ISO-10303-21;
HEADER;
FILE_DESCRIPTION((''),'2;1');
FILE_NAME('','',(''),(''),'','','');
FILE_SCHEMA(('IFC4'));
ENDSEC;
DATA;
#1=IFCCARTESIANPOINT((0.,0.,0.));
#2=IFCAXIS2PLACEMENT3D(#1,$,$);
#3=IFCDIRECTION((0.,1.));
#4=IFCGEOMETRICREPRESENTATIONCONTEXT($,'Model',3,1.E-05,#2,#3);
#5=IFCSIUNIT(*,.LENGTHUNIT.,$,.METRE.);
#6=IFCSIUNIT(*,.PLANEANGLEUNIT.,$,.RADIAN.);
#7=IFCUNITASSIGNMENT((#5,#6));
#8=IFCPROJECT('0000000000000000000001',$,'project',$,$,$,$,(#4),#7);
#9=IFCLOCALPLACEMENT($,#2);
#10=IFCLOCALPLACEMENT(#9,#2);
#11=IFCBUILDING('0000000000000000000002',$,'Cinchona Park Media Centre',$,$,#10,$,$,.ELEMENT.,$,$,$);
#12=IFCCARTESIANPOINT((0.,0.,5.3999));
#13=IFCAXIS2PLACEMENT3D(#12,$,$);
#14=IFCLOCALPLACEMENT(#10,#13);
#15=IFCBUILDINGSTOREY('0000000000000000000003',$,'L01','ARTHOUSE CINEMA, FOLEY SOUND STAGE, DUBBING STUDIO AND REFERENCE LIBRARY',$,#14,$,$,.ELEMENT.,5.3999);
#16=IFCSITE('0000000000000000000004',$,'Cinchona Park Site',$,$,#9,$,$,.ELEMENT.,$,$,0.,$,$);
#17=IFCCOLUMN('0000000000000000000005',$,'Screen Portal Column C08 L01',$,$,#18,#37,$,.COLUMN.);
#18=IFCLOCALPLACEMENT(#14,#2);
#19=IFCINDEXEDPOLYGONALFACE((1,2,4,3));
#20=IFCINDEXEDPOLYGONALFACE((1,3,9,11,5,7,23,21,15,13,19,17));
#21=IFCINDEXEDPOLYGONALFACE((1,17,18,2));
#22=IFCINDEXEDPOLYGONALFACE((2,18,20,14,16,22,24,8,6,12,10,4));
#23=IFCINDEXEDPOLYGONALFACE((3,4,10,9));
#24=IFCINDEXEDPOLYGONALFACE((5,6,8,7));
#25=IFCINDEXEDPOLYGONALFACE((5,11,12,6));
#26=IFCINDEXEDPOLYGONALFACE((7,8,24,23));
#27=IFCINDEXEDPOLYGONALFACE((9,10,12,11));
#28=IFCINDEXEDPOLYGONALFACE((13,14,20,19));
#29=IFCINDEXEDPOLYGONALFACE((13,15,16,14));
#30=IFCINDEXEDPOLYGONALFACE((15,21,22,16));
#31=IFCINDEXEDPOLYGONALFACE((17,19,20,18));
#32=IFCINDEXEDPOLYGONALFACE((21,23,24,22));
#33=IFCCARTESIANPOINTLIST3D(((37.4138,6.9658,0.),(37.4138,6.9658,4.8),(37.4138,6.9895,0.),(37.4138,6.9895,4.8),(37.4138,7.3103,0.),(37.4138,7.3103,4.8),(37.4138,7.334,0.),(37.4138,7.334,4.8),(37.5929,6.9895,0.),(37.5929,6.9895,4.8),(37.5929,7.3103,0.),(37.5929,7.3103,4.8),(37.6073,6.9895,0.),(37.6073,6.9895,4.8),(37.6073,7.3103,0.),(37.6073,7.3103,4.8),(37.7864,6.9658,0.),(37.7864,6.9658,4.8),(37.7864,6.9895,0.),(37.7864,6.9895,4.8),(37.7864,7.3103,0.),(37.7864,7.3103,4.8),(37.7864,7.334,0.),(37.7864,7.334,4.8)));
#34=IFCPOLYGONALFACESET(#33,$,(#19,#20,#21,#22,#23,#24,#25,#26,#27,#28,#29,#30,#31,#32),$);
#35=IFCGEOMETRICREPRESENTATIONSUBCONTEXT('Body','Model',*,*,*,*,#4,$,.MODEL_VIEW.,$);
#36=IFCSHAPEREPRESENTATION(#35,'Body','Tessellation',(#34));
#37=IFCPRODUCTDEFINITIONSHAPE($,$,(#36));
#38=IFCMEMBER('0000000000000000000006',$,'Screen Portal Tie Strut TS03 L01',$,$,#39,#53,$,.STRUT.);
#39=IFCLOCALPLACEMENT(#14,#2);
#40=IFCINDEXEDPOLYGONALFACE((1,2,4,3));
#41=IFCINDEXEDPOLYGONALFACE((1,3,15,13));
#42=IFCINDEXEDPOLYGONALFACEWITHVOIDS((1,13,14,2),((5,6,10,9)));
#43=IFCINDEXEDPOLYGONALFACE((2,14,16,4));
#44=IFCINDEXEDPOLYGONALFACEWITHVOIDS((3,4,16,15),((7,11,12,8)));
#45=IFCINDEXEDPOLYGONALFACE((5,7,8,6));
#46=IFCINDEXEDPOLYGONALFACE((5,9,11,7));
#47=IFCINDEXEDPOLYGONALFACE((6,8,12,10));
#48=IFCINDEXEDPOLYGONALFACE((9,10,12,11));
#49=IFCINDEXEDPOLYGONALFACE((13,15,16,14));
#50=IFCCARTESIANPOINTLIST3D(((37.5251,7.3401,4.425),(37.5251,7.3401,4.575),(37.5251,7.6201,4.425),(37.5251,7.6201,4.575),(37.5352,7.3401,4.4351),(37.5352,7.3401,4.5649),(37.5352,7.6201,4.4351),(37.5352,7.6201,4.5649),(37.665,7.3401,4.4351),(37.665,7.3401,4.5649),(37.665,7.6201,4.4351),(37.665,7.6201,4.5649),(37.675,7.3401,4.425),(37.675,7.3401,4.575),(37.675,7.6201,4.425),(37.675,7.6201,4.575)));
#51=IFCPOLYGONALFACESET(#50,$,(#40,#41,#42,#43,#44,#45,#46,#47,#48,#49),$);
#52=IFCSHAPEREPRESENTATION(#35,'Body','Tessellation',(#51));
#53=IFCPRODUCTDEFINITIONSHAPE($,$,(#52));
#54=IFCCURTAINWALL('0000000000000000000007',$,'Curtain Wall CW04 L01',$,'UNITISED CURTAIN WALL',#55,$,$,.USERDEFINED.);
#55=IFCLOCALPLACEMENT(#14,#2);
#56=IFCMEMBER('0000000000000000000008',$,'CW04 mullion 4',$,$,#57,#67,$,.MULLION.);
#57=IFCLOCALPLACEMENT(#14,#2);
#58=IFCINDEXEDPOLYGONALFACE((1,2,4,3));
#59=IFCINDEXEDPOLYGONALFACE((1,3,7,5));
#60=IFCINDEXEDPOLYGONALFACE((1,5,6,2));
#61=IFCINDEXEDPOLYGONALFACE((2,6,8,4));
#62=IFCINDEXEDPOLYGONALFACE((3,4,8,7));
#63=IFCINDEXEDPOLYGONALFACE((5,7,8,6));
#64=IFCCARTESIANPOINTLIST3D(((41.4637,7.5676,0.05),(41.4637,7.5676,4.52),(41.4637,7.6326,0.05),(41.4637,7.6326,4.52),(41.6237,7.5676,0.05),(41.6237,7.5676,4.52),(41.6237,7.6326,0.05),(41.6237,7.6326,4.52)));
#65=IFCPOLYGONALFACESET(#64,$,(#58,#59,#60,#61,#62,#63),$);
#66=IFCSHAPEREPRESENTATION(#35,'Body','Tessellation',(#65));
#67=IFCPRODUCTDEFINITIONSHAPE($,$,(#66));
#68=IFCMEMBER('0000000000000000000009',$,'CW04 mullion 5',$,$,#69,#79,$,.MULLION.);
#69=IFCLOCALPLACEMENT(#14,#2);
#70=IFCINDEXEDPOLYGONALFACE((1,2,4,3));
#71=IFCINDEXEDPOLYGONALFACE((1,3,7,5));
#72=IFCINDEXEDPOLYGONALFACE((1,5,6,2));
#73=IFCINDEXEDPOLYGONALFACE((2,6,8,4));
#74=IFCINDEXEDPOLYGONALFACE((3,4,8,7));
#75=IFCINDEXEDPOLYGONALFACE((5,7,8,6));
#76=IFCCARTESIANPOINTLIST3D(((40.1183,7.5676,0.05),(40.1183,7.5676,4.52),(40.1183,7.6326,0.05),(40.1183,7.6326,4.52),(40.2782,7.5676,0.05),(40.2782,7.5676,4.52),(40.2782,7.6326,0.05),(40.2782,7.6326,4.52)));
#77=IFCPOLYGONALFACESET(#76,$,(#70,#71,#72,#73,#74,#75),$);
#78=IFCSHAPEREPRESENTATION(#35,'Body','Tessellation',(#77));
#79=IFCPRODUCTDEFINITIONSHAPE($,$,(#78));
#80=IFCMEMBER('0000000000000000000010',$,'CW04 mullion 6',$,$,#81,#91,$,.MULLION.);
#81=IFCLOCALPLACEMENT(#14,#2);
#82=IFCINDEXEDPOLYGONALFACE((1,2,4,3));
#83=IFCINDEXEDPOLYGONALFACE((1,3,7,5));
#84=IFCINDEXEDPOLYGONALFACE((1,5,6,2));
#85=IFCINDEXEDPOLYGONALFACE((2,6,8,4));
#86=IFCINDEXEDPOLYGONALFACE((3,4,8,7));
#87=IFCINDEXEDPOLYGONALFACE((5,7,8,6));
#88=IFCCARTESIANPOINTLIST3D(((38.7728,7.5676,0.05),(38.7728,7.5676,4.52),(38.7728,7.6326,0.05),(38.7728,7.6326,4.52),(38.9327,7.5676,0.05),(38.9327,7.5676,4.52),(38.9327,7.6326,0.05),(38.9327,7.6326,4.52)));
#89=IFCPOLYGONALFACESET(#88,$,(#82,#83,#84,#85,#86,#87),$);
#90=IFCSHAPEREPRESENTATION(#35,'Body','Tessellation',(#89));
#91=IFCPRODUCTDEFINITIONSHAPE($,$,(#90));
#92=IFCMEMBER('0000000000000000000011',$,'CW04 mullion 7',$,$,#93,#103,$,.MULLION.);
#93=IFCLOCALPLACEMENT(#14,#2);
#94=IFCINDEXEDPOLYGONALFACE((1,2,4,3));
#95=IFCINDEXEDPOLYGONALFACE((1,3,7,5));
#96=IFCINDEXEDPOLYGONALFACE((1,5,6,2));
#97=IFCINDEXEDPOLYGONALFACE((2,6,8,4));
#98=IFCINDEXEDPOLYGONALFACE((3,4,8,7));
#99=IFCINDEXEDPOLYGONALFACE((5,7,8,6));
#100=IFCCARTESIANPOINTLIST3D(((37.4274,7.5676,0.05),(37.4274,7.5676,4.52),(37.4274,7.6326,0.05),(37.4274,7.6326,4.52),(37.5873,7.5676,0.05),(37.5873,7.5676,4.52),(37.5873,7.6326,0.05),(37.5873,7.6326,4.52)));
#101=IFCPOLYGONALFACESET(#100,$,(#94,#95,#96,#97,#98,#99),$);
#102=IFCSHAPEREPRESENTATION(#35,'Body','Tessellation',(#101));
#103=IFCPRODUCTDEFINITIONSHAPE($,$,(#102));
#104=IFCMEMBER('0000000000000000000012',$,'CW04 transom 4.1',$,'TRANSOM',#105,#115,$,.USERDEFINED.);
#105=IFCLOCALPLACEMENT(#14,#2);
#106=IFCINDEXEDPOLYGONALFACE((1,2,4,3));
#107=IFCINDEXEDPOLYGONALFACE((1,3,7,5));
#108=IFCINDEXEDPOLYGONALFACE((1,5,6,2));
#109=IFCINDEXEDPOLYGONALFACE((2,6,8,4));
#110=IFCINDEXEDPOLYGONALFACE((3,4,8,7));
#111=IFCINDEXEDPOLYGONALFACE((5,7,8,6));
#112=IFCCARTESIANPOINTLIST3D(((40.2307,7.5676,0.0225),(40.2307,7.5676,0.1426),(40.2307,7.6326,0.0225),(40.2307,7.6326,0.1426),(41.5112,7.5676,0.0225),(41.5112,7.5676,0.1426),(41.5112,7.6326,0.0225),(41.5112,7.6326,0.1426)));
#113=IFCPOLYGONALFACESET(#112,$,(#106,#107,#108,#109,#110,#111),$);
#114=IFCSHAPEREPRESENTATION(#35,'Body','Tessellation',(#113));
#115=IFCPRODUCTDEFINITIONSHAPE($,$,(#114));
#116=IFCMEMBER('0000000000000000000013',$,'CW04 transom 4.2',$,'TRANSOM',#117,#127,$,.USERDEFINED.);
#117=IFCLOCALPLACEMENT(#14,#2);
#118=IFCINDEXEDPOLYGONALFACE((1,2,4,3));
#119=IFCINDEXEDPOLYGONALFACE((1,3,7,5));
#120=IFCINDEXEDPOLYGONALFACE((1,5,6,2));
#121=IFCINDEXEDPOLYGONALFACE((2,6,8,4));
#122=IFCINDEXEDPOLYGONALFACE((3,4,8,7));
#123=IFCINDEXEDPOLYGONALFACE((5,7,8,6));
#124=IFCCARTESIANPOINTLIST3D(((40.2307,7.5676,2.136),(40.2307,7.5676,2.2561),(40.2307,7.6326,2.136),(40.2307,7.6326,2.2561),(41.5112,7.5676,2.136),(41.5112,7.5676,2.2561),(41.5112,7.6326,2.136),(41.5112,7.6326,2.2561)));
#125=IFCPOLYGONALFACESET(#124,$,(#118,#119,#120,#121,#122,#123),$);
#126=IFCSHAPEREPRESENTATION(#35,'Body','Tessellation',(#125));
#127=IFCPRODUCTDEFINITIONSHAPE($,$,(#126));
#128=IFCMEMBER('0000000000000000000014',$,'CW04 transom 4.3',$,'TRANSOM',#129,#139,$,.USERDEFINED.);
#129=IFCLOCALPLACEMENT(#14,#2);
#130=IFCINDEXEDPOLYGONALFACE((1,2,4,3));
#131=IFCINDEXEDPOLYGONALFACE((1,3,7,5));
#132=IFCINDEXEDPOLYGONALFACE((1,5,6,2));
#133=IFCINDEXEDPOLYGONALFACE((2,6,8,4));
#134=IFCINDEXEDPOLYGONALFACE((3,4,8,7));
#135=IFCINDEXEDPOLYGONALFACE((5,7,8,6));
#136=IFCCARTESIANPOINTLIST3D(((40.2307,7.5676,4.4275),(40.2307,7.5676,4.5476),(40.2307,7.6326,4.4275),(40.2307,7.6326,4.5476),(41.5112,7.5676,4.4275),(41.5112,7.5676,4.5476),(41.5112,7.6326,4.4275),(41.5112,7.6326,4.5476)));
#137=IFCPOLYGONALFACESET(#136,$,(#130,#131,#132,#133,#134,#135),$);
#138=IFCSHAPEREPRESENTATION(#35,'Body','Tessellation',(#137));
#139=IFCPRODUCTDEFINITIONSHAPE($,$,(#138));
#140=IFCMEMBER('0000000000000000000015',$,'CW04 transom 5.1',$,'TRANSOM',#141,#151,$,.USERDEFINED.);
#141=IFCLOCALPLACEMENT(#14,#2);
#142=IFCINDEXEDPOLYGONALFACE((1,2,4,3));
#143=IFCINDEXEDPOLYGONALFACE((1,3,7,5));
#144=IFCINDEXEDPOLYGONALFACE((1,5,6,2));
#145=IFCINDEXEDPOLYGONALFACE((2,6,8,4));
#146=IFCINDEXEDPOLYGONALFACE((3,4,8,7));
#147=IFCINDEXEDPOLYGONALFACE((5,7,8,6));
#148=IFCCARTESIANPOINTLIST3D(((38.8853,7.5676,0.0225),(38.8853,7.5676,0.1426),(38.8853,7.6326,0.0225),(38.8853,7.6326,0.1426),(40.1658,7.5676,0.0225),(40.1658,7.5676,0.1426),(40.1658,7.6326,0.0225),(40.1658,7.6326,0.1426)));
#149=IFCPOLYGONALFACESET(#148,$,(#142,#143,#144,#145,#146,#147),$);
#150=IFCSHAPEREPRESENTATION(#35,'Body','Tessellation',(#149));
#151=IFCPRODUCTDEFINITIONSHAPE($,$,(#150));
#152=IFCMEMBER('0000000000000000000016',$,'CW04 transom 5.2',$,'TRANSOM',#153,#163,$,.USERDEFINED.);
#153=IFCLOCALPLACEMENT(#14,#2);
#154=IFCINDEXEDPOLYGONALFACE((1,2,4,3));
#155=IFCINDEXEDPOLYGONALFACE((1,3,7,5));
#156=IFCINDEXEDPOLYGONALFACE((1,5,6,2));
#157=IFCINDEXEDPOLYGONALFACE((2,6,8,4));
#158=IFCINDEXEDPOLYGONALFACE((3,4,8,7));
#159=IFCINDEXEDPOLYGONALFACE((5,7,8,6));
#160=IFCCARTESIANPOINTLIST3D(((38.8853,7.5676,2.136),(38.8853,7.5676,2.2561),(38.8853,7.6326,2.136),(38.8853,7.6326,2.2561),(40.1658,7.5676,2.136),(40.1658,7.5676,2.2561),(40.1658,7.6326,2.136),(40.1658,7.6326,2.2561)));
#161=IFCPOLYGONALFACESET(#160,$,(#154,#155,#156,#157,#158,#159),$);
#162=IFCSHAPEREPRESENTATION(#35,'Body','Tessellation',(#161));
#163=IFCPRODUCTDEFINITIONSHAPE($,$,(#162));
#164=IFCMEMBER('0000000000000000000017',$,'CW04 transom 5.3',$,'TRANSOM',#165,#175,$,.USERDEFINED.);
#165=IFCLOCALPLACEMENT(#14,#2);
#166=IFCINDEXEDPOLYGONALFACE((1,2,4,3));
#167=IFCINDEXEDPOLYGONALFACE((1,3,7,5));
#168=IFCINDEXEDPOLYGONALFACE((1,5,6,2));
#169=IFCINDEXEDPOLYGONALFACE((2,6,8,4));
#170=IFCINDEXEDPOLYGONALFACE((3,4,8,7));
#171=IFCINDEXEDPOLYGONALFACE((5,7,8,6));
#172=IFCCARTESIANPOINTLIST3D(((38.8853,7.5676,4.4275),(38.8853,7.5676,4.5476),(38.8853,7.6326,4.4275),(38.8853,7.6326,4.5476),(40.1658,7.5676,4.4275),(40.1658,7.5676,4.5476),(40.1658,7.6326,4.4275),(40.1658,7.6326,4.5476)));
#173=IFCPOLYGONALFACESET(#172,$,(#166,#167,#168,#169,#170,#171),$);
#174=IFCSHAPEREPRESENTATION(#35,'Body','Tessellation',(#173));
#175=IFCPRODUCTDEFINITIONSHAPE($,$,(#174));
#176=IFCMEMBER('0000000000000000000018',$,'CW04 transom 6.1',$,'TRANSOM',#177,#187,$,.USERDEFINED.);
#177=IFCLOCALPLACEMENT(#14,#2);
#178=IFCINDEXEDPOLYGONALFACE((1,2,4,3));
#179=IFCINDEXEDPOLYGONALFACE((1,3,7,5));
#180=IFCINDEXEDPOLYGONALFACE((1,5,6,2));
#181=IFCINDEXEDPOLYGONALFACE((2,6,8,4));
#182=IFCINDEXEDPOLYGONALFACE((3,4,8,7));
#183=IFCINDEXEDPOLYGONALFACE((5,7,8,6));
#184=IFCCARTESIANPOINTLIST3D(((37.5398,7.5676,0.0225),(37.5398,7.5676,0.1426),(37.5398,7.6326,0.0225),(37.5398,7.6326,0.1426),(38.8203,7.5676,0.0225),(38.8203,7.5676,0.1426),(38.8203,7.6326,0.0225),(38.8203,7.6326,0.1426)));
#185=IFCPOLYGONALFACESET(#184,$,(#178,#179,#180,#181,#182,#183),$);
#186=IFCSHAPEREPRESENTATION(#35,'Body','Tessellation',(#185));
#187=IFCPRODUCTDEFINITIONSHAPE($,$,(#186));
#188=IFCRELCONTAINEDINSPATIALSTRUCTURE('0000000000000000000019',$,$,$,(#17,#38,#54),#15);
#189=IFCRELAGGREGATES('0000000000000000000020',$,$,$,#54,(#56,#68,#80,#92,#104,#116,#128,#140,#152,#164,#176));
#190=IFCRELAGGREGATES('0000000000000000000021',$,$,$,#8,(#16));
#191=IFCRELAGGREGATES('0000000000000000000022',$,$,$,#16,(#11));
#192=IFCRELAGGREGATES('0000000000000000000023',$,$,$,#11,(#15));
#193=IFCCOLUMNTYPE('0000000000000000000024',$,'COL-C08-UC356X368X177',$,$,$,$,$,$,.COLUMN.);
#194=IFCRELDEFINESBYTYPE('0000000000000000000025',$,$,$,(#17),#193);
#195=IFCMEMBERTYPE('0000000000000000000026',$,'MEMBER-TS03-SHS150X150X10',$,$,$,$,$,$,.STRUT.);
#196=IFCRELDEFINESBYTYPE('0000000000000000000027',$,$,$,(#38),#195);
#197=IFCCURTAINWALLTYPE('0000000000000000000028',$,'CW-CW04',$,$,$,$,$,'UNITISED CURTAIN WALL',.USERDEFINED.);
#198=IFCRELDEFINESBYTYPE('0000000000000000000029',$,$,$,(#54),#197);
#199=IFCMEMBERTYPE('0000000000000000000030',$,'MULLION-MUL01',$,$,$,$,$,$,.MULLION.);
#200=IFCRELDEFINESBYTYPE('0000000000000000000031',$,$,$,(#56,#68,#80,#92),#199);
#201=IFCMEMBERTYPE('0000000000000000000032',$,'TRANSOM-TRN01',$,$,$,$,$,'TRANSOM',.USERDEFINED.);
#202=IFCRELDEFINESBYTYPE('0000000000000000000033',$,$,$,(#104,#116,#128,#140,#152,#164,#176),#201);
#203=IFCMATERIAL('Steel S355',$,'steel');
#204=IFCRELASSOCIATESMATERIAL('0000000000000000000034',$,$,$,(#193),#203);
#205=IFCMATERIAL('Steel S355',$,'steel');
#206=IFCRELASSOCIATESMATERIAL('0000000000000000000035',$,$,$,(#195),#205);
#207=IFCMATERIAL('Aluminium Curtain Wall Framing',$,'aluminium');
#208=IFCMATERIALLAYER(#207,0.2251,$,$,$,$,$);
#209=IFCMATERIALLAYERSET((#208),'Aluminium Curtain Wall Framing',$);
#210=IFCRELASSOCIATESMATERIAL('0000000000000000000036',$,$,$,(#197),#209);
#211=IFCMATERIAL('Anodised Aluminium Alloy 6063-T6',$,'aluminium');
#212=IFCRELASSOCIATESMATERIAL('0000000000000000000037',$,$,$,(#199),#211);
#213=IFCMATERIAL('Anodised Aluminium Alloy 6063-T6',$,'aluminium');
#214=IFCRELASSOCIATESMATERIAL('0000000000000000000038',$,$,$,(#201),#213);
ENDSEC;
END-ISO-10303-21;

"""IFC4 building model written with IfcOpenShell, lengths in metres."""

from ifc_helpers import new_model, si_unit, direction, frame, origin, origin_2d, place, context, subcontext, project, spatial, rectangle, hollow_rectangle, i_section, extrude, material, layer, layer_set, material_profile, profile_set, type_object, element, aggregate, save


model = new_model("IFC4")

# Units and contexts
model_context = context("Model", 3, precision=1e-05, world=origin(), true_north=direction((0.0, 1.0)))
body_context = subcontext(model_context, "Body", "Model", "MODEL_VIEW")
ifc_project = project(units=[si_unit("LENGTHUNIT", "METRE"), si_unit("PLANEANGLEUNIT", "RADIAN")], contexts=[model_context])

# Site, building, storey
site_placement = place(None, origin())
site = spatial("IfcSite", under=ifc_project, at=site_placement, Name="Cinchona Park Site", CompositionType="ELEMENT", RefElevation=0.0)
building_placement = place(site_placement, origin())
building = spatial("IfcBuilding", under=site, at=building_placement, Name="Cinchona Park Media Centre", CompositionType="ELEMENT")
storey_placement = place(building_placement, frame((0.0, 0.0, 5.3999)))
storey = spatial("IfcBuildingStorey", under=building, at=storey_placement, Name="L01", Description="ARTHOUSE CINEMA, FOLEY SOUND STAGE, DUBBING STUDIO AND REFERENCE LIBRARY", CompositionType="ELEMENT", Elevation=5.3999)

# Column
ifc_material_1 = material(Name="Steel S355", Category="steel")
ifc_material_profile_1 = material_profile(ifc_material_1, i_section(OverallWidth=0.3726, OverallDepth=0.3682, WebThickness=0.0144, FlangeThickness=0.0237, at=origin_2d()), Name="UC356X368X177")
ifc_profile_set_1 = profile_set([ifc_material_profile_1], Name="Steel S355")
column_type = type_object("IfcColumnType", Name="COL-C08-UC356X368X177", PredefinedType="COLUMN", material=ifc_profile_set_1)
column_placement = place(storey_placement, frame((37.6001, 7.1499, 0.0), z_axis=(0.0, 0.0, 1.0), x_axis=(1.0, 0.0, 0.0)))
element("IfcColumn", 1, at=column_placement, inside=storey, type_object=column_type, Name="Screen Portal Column C08 L01", PredefinedType="COLUMN", context=body_context, shape_type="SweptSolid", body=[
    extrude(i_section(OverallWidth=0.3726, OverallDepth=0.3682, WebThickness=0.0144, FlangeThickness=0.0237, at=origin_2d()), origin(), (0.0, 0.0, 1.0), 4.8),
])

# Member
ifc_material_2 = material(Name="Steel S355", Category="steel")
ifc_material_profile_2 = material_profile(ifc_material_2, hollow_rectangle(XDim=0.1499, YDim=0.1499, WallThickness=0.01, at=origin_2d()), Name="150X150X10SHS")
ifc_profile_set_2 = profile_set([ifc_material_profile_2], Name="Steel S355")
member_type_1 = type_object("IfcMemberType", Name="MEMBER-TS03-SHS150X150X10", PredefinedType="STRUT", material=ifc_profile_set_2)
member_1_placement = place(storey_placement, frame((37.6001, 7.3401, 4.5), z_axis=(0.0, 1.0, 0.0), x_axis=(-1.0, 0.0, 0.0)))
element("IfcMember", 2, at=member_1_placement, inside=storey, type_object=member_type_1, Name="Screen Portal Tie Strut TS03 L01", PredefinedType="STRUT", context=body_context, shape_type="SweptSolid", body=[
    extrude(hollow_rectangle(XDim=0.1499, YDim=0.1499, WallThickness=0.01, at=origin_2d()), origin(), (0.0, 0.0, 1.0), 0.28),
])

# Curtain wall, members
ifc_material_3 = material(Name="Aluminium Curtain Wall Framing", Category="aluminium")
ifc_layer_1 = layer(ifc_material_3, 0.2251)
ifc_layer_set_1 = layer_set([ifc_layer_1], Name="Aluminium Curtain Wall Framing")
curtain_wall_type = type_object("IfcCurtainWallType", Name="CW-CW04", ElementType="UNITISED CURTAIN WALL", PredefinedType="USERDEFINED", material=ifc_layer_set_1)
curtain_wall_placement = place(storey_placement, origin())
curtain_wall = element("IfcCurtainWall", 3, at=curtain_wall_placement, inside=storey, type_object=curtain_wall_type, Name="Curtain Wall CW04 L01", ObjectType="UNITISED CURTAIN WALL", PredefinedType="USERDEFINED")
ifc_material_4 = material(Name="Anodised Aluminium Alloy 6063-T6", Category="aluminium")
ifc_material_profile_3 = material_profile(ifc_material_4, rectangle(XDim=0.0649, YDim=0.1599, at=origin_2d()), Name="MUL-65X160")
ifc_profile_set_3 = profile_set([ifc_material_profile_3], Name="Anodised Aluminium Alloy 6063-T6")
member_type_2 = type_object("IfcMemberType", Name="MULLION-MUL01", PredefinedType="MULLION", material=ifc_profile_set_3)
member_2_placement = place(storey_placement, frame((41.5437, 7.6001, 0.05), z_axis=(0.0, 0.0, 1.0), x_axis=(0.0, -1.0, 0.0)))
member_2 = element("IfcMember", 4, at=member_2_placement, type_object=member_type_2, Name="CW04 mullion 4", PredefinedType="MULLION", context=body_context, shape_type="SweptSolid", body=[
    extrude(rectangle(XDim=0.0649, YDim=0.1599, at=origin_2d()), origin(), (0.0, 0.0, 1.0), 4.47),
])
member_3_placement = place(storey_placement, frame((40.1982, 7.6001, 0.05), z_axis=(0.0, 0.0, 1.0), x_axis=(0.0, -1.0, 0.0)))
member_3 = element("IfcMember", 5, at=member_3_placement, type_object=member_type_2, Name="CW04 mullion 5", PredefinedType="MULLION", context=body_context, shape_type="SweptSolid", body=[
    extrude(rectangle(XDim=0.0649, YDim=0.1599, at=origin_2d()), origin(), (0.0, 0.0, 1.0), 4.47),
])
member_4_placement = place(storey_placement, frame((38.8528, 7.6001, 0.05), z_axis=(0.0, 0.0, 1.0), x_axis=(0.0, -1.0, 0.0)))
member_4 = element("IfcMember", 6, at=member_4_placement, type_object=member_type_2, Name="CW04 mullion 6", PredefinedType="MULLION", context=body_context, shape_type="SweptSolid", body=[
    extrude(rectangle(XDim=0.0649, YDim=0.1599, at=origin_2d()), origin(), (0.0, 0.0, 1.0), 4.47),
])
member_5_placement = place(storey_placement, frame((37.5073, 7.6001, 0.05), z_axis=(0.0, 0.0, 1.0), x_axis=(0.0, -1.0, 0.0)))
member_5 = element("IfcMember", 7, at=member_5_placement, type_object=member_type_2, Name="CW04 mullion 7", PredefinedType="MULLION", context=body_context, shape_type="SweptSolid", body=[
    extrude(rectangle(XDim=0.0649, YDim=0.1599, at=origin_2d()), origin(), (0.0, 0.0, 1.0), 4.47),
])
ifc_material_5 = material(Name="Anodised Aluminium Alloy 6063-T6", Category="aluminium")
ifc_material_profile_4 = material_profile(ifc_material_5, rectangle(XDim=0.0649, YDim=0.1201, at=origin_2d()), Name="TRN-65X120")
ifc_profile_set_4 = profile_set([ifc_material_profile_4], Name="Anodised Aluminium Alloy 6063-T6")
member_type_3 = type_object("IfcMemberType", Name="TRANSOM-TRN01", ElementType="TRANSOM", PredefinedType="USERDEFINED", material=ifc_profile_set_4)
member_6_placement = place(storey_placement, frame((41.5112, 7.6001, 0.0825), z_axis=(-1.0, 0.0, 0.0), x_axis=(0.0, -1.0, 0.0)))
member_6 = element("IfcMember", 8, at=member_6_placement, type_object=member_type_3, Name="CW04 transom 4.1", ObjectType="TRANSOM", PredefinedType="USERDEFINED", context=body_context, shape_type="SweptSolid", body=[
    extrude(rectangle(XDim=0.0649, YDim=0.1201, at=origin_2d()), origin(), (0.0, 0.0, 1.0), 1.2805),
])
member_7_placement = place(storey_placement, frame((41.5112, 7.6001, 2.196), z_axis=(-1.0, 0.0, 0.0), x_axis=(0.0, -1.0, 0.0)))
member_7 = element("IfcMember", 9, at=member_7_placement, type_object=member_type_3, Name="CW04 transom 4.2", ObjectType="TRANSOM", PredefinedType="USERDEFINED", context=body_context, shape_type="SweptSolid", body=[
    extrude(rectangle(XDim=0.0649, YDim=0.1201, at=origin_2d()), origin(), (0.0, 0.0, 1.0), 1.2805),
])
member_8_placement = place(storey_placement, frame((41.5112, 7.6001, 4.4875), z_axis=(-1.0, 0.0, 0.0), x_axis=(0.0, -1.0, 0.0)))
member_8 = element("IfcMember", 10, at=member_8_placement, type_object=member_type_3, Name="CW04 transom 4.3", ObjectType="TRANSOM", PredefinedType="USERDEFINED", context=body_context, shape_type="SweptSolid", body=[
    extrude(rectangle(XDim=0.0649, YDim=0.1201, at=origin_2d()), origin(), (0.0, 0.0, 1.0), 1.2805),
])
member_9_placement = place(storey_placement, frame((40.1658, 7.6001, 0.0825), z_axis=(-1.0, 0.0, 0.0), x_axis=(0.0, -1.0, 0.0)))
member_9 = element("IfcMember", 11, at=member_9_placement, type_object=member_type_3, Name="CW04 transom 5.1", ObjectType="TRANSOM", PredefinedType="USERDEFINED", context=body_context, shape_type="SweptSolid", body=[
    extrude(rectangle(XDim=0.0649, YDim=0.1201, at=origin_2d()), origin(), (0.0, 0.0, 1.0), 1.2805),
])
member_10_placement = place(storey_placement, frame((40.1658, 7.6001, 2.196), z_axis=(-1.0, 0.0, 0.0), x_axis=(0.0, -1.0, 0.0)))
member_10 = element("IfcMember", 12, at=member_10_placement, type_object=member_type_3, Name="CW04 transom 5.2", ObjectType="TRANSOM", PredefinedType="USERDEFINED", context=body_context, shape_type="SweptSolid", body=[
    extrude(rectangle(XDim=0.0649, YDim=0.1201, at=origin_2d()), origin(), (0.0, 0.0, 1.0), 1.2805),
])
member_11_placement = place(storey_placement, frame((40.1658, 7.6001, 4.4875), z_axis=(-1.0, 0.0, 0.0), x_axis=(0.0, -1.0, 0.0)))
member_11 = element("IfcMember", 13, at=member_11_placement, type_object=member_type_3, Name="CW04 transom 5.3", ObjectType="TRANSOM", PredefinedType="USERDEFINED", context=body_context, shape_type="SweptSolid", body=[
    extrude(rectangle(XDim=0.0649, YDim=0.1201, at=origin_2d()), origin(), (0.0, 0.0, 1.0), 1.2805),
])
member_12_placement = place(storey_placement, frame((38.8203, 7.6001, 0.0825), z_axis=(-1.0, 0.0, 0.0), x_axis=(0.0, -1.0, 0.0)))
member_12 = element("IfcMember", 14, at=member_12_placement, type_object=member_type_3, Name="CW04 transom 6.1", ObjectType="TRANSOM", PredefinedType="USERDEFINED", context=body_context, shape_type="SweptSolid", body=[
    extrude(rectangle(XDim=0.0649, YDim=0.1201, at=origin_2d()), origin(), (0.0, 0.0, 1.0), 1.2805),
])
aggregate(curtain_wall, [member_2, member_3, member_4, member_5, member_6, member_7, member_8, member_9, member_10, member_11, member_12])

save(model, "model.ifc")
